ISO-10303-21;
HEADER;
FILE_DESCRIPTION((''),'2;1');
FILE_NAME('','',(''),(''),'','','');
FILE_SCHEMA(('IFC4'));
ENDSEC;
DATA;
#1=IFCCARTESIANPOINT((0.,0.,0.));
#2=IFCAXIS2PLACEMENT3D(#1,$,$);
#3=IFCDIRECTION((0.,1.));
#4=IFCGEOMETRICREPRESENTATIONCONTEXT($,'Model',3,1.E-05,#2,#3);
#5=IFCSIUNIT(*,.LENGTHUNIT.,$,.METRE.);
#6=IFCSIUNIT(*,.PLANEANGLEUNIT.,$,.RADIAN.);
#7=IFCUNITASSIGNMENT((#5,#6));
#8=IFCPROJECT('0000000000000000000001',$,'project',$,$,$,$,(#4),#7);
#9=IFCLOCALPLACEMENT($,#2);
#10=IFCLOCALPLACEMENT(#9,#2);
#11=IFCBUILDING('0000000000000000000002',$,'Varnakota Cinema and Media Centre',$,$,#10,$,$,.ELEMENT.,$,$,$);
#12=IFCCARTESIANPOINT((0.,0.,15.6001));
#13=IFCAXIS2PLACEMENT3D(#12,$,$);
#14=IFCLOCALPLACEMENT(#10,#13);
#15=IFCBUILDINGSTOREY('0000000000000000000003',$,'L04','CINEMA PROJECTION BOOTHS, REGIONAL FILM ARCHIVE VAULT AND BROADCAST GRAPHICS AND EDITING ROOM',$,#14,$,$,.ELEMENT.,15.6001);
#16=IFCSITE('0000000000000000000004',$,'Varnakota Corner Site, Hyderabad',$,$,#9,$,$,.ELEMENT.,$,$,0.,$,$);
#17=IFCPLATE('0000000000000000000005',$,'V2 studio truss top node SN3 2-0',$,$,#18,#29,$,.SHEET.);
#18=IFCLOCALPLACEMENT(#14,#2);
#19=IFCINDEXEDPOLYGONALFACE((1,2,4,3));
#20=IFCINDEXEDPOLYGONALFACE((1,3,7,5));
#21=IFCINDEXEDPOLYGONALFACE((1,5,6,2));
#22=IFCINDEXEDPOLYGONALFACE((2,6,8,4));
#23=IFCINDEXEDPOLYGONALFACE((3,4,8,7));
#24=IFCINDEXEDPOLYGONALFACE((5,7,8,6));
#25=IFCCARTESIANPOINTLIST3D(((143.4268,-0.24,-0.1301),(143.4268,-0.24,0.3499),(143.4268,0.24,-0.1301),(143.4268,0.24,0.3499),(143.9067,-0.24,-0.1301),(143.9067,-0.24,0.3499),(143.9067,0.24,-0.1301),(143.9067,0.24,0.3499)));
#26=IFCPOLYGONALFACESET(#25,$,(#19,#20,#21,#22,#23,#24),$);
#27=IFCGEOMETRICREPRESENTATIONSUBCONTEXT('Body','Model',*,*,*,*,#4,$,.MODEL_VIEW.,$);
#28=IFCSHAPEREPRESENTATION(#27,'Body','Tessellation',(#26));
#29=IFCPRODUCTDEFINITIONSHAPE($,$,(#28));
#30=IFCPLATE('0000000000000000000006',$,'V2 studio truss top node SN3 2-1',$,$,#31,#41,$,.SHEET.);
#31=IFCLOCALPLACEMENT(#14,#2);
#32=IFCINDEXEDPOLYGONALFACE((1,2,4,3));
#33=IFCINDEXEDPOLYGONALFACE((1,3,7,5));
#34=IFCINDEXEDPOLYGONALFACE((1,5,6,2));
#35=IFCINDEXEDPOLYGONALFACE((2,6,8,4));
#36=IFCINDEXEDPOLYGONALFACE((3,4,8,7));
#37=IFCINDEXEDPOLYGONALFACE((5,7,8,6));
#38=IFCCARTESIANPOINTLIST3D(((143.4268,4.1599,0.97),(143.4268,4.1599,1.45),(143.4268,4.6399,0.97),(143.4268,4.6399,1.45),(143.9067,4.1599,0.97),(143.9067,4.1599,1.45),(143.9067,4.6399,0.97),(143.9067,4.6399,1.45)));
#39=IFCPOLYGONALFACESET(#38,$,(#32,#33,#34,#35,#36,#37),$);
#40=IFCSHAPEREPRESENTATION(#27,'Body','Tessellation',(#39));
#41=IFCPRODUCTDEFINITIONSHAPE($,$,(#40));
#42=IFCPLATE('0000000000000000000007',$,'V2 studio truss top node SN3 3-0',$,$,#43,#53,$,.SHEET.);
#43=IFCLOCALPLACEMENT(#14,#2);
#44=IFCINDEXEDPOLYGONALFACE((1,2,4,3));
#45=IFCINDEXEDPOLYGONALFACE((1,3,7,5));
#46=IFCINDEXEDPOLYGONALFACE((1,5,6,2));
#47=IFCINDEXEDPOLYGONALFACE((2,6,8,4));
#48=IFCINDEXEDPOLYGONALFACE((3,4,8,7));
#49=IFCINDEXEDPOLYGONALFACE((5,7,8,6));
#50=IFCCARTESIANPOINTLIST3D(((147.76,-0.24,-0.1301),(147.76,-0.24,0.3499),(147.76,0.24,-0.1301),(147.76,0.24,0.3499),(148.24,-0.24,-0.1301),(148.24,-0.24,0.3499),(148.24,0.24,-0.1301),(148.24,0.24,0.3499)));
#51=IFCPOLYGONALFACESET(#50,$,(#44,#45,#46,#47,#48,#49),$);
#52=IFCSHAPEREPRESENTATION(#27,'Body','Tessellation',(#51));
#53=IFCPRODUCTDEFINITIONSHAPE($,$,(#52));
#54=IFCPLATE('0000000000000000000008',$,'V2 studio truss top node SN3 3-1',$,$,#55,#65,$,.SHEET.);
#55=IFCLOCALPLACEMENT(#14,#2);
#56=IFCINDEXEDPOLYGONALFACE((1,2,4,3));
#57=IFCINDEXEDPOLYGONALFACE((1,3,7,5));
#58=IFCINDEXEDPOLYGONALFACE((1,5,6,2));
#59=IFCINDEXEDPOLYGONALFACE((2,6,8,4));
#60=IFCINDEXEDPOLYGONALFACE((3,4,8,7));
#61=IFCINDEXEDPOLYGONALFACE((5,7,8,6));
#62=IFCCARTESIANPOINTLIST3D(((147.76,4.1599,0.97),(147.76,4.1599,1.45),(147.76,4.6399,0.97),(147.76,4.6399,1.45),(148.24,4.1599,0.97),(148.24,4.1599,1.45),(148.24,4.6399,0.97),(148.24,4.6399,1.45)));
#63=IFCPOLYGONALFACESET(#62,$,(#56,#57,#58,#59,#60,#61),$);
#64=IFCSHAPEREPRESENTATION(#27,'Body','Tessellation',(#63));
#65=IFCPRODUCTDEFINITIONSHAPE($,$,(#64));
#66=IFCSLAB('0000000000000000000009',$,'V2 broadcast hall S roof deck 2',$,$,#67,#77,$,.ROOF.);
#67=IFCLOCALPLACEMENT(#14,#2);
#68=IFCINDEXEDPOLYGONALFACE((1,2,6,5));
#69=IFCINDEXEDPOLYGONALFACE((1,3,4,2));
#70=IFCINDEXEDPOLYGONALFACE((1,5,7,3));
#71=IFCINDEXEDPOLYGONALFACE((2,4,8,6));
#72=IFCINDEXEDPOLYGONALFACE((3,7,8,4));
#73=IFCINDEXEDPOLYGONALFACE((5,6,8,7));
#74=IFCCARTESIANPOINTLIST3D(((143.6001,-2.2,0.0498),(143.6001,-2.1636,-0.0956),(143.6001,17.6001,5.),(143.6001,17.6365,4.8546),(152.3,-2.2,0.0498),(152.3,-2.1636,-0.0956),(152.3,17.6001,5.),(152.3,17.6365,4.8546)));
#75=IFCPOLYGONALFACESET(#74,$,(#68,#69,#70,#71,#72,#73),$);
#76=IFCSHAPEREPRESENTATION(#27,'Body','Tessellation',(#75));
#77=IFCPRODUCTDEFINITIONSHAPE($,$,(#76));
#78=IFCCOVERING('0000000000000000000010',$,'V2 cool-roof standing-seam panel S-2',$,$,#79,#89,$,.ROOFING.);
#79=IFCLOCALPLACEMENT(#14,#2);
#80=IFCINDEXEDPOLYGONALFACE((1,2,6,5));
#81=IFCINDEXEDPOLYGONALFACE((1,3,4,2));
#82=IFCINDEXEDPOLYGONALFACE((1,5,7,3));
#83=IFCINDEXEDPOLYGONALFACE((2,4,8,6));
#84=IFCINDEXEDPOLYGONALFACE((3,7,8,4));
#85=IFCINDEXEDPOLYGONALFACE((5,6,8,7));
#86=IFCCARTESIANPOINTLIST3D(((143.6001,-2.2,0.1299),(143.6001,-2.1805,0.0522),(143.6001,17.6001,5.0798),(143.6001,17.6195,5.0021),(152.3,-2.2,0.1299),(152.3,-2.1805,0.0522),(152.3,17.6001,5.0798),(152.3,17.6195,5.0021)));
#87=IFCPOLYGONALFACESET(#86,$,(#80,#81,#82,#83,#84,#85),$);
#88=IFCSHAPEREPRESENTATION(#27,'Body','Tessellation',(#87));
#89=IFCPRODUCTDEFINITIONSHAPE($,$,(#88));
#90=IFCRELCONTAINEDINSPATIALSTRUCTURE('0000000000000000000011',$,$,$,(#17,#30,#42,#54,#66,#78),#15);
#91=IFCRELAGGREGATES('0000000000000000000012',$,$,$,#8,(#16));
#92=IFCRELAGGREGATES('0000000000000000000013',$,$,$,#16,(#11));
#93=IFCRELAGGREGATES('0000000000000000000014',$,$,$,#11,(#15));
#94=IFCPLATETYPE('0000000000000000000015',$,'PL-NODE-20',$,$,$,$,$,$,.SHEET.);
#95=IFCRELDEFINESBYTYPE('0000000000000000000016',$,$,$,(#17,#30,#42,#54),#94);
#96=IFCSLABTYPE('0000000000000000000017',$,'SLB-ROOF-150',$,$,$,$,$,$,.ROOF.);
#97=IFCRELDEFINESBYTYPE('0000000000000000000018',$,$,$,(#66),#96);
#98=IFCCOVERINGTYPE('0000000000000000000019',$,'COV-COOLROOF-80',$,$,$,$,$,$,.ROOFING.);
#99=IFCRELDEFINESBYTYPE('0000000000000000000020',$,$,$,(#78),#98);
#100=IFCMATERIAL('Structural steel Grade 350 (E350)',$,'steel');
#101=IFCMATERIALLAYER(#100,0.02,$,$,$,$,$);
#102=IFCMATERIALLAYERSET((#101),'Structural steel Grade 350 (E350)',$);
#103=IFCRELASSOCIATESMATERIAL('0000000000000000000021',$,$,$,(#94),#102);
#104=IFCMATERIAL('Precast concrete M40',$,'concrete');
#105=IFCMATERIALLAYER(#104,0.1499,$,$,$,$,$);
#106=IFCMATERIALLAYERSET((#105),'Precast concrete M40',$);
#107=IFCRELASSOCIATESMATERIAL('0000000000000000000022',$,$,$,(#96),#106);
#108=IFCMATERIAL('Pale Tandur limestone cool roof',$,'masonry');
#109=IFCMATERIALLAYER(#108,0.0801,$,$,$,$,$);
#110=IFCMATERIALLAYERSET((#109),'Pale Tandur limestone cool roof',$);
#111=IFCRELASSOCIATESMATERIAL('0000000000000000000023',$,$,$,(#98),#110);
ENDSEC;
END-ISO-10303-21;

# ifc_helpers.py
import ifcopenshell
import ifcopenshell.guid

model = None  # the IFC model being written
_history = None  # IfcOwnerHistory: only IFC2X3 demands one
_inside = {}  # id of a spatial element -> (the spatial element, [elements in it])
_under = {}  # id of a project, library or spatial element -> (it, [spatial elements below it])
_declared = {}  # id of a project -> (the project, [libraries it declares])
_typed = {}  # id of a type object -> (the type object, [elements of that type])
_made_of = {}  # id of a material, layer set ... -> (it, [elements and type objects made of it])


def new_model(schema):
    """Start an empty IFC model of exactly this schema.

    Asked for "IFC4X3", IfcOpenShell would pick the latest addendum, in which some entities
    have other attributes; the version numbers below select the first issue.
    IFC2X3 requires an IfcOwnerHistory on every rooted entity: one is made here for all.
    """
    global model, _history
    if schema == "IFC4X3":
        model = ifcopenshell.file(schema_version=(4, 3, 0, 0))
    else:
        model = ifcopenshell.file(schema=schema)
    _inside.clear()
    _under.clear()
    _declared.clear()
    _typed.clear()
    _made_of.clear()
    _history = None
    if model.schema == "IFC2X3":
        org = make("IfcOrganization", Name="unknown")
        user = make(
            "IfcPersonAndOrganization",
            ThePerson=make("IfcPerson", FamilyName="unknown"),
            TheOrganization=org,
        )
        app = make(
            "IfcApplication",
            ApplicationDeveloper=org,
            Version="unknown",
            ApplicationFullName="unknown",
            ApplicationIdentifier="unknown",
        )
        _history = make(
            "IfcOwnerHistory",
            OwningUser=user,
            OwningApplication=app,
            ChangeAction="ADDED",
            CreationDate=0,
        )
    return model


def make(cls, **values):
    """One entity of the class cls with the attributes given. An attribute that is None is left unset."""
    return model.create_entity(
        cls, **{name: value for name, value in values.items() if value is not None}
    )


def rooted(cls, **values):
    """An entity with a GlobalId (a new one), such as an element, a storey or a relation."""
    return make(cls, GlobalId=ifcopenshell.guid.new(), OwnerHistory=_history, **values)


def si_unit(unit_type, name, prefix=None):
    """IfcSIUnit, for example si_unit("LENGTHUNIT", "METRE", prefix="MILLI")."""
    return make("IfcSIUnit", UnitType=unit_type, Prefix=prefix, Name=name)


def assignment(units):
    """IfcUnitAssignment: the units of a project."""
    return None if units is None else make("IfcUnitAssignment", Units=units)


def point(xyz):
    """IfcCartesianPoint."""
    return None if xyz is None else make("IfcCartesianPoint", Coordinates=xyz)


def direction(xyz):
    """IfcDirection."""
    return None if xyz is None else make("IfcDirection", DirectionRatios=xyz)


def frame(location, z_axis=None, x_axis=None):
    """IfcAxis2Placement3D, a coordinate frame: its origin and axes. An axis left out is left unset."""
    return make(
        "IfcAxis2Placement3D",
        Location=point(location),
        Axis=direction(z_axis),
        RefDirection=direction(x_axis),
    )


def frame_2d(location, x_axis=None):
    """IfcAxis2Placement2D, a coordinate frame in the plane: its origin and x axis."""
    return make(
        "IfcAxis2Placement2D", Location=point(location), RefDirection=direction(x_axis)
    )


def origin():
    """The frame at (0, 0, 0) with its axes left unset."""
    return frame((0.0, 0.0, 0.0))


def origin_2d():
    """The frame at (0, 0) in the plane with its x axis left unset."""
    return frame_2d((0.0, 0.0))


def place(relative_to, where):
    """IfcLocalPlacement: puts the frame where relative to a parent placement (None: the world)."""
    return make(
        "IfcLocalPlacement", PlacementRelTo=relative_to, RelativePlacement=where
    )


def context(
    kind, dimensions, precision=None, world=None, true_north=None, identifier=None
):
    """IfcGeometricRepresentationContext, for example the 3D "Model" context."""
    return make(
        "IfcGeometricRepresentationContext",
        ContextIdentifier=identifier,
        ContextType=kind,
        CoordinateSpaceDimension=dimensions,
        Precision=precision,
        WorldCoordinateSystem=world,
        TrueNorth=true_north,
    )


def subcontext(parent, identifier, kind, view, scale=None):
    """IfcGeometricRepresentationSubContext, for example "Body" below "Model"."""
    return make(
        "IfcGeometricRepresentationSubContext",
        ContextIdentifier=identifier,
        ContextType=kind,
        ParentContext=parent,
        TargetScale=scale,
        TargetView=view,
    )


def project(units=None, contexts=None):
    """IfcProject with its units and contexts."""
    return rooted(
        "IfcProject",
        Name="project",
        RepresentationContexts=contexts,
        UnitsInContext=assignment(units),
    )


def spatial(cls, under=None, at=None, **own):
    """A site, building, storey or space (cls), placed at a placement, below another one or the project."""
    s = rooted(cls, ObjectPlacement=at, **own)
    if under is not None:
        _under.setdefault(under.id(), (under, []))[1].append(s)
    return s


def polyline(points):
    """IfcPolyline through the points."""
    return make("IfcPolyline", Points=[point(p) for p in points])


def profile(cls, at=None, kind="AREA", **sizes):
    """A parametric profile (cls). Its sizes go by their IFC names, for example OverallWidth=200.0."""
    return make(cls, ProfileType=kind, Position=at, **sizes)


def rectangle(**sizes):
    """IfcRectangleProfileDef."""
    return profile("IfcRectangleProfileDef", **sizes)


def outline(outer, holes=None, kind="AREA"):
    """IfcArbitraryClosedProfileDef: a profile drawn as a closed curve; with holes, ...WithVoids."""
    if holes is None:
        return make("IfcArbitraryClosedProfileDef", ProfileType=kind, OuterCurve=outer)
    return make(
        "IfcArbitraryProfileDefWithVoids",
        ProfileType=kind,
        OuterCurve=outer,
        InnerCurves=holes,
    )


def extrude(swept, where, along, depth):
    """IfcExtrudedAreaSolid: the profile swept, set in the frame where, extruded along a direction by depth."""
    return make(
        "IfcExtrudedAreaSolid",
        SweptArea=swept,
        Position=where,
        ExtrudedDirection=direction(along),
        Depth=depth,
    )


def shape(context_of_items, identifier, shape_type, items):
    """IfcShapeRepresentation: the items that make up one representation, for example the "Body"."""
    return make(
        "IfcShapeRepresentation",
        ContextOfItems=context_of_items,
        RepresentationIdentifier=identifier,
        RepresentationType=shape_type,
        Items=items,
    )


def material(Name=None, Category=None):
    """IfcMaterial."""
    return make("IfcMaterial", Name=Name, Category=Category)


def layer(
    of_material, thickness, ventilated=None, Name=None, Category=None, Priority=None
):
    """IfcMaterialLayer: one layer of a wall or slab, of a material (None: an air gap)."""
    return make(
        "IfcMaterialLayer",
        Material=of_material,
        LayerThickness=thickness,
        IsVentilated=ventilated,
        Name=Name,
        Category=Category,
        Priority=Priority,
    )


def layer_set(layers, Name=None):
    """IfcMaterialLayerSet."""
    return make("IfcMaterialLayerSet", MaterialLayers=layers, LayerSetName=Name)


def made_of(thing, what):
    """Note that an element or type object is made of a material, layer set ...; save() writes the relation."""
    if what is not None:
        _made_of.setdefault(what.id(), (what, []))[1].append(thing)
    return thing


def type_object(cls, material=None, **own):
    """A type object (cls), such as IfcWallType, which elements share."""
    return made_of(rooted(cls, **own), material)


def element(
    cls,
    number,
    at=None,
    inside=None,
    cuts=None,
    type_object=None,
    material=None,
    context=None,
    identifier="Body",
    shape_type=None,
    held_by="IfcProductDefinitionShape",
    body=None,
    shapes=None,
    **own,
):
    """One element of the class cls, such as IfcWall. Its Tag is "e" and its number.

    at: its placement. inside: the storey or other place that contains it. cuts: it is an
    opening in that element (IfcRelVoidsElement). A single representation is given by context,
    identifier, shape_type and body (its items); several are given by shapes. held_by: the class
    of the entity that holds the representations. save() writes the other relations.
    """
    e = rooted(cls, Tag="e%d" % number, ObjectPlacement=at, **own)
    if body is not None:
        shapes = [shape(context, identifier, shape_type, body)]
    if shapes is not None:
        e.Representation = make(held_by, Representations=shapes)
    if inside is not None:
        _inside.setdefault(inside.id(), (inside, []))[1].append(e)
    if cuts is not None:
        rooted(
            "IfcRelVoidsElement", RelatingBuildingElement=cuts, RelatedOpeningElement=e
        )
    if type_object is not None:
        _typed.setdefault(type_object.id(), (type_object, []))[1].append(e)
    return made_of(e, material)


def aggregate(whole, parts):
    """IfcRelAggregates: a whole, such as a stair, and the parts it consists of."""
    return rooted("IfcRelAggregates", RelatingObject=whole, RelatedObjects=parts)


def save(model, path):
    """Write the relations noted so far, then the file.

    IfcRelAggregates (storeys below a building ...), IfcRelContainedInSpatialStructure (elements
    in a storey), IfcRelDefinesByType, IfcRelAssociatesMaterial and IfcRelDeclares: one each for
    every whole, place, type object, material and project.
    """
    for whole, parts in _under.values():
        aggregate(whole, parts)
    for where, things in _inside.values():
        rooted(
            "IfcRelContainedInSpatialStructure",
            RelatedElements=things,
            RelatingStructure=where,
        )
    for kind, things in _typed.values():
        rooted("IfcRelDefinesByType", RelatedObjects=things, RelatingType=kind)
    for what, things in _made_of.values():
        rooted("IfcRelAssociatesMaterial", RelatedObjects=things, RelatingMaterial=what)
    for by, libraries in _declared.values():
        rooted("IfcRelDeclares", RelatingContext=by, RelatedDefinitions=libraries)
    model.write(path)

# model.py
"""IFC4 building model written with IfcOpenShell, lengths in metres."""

from ifc_helpers import new_model, si_unit, direction, frame, origin, origin_2d, place, context, subcontext, project, spatial, polyline, rectangle, outline, extrude, material, layer, layer_set, type_object, element, save


model = new_model("IFC4")

# Units and contexts
model_context = context("Model", 3, precision=1e-05, world=origin(), true_north=direction((0.0, 1.0)))
body_context = subcontext(model_context, "Body", "Model", "MODEL_VIEW")
ifc_project = project(units=[si_unit("LENGTHUNIT", "METRE"), si_unit("PLANEANGLEUNIT", "RADIAN")], contexts=[model_context])

# Site, building, storey
site_placement = place(None, origin())
site = spatial("IfcSite", under=ifc_project, at=site_placement, Name="Varnakota Corner Site, Hyderabad", CompositionType="ELEMENT", RefElevation=0.0)
building_placement = place(site_placement, origin())
building = spatial("IfcBuilding", under=site, at=building_placement, Name="Varnakota Cinema and Media Centre", CompositionType="ELEMENT")
storey_placement = place(building_placement, frame((0.0, 0.0, 15.6001)))
storey = spatial("IfcBuildingStorey", under=building, at=storey_placement, Name="L04", Description="CINEMA PROJECTION BOOTHS, REGIONAL FILM ARCHIVE VAULT AND BROADCAST GRAPHICS AND EDITING ROOM", CompositionType="ELEMENT", Elevation=15.6001)

# Plates
ifc_material_1 = material(Name="Structural steel Grade 350 (E350)", Category="steel")
ifc_layer_1 = layer(ifc_material_1, 0.02)
ifc_layer_set_1 = layer_set([ifc_layer_1], Name="Structural steel Grade 350 (E350)")
plate_type_1 = type_object("IfcPlateType", Name="PL-NODE-20", PredefinedType="SHEET", material=ifc_layer_set_1)
for number, where, z_axis, x_axis, name in (
    (1, (143.6667, 0.0, -0.1301), (0.0, 0.0, 1.0), (1.0, 0.0, 0.0), "V2 studio truss top node SN3 2-0"),
    (2, (143.6667, 4.3999, 0.97), (0.0, 0.0, 1.0), (1.0, 0.0, 0.0), "V2 studio truss top node SN3 2-1"),
    (3, (148.0, 0.0, -0.1301), (0.0, 0.0, 1.0), (1.0, 0.0, 0.0), "V2 studio truss top node SN3 3-0"),
    (4, (148.0, 4.3999, 0.97), (0.0, 0.0, 1.0), (1.0, 0.0, 0.0), "V2 studio truss top node SN3 3-1"),
):
    element("IfcPlate", number, at=place(storey_placement, frame(where, z_axis=z_axis, x_axis=x_axis)), inside=storey, type_object=plate_type_1, Name=name, PredefinedType="SHEET", context=body_context, shape_type="SweptSolid", body=[
        extrude(rectangle(XDim=0.48, YDim=0.48, at=origin_2d()), origin(), (0.0, 0.0, 1.0), 0.48),
    ])

# Slab
ifc_material_2 = material(Name="Precast concrete M40", Category="concrete")
ifc_layer_2 = layer(ifc_material_2, 0.1499)
ifc_layer_set_2 = layer_set([ifc_layer_2], Name="Precast concrete M40")
slab_type = type_object("IfcSlabType", Name="SLB-ROOF-150", PredefinedType="ROOF", material=ifc_layer_set_2)
slab_placement = place(storey_placement, frame((143.6001, -2.2, 0.0498), z_axis=(0.0, -0.242544, 0.97014), x_axis=(1.0, 0.0, 0.0)))
element("IfcSlab", 5, at=slab_placement, inside=storey, type_object=slab_type, Name="V2 broadcast hall S roof deck 2", PredefinedType="ROOF", context=body_context, shape_type="SweptSolid", body=[
    extrude(outline(polyline([(0.0, 0.0), (8.7, 0.0), (8.7, 20.4095), (0.0, 20.4095), (0.0, 0.0)])), origin(), (0.0, 0.0, -1.0), 0.1499),
])

# Covering
ifc_material_3 = material(Name="Pale Tandur limestone cool roof", Category="masonry")
ifc_layer_3 = layer(ifc_material_3, 0.0801)
ifc_layer_set_3 = layer_set([ifc_layer_3], Name="Pale Tandur limestone cool roof")
covering_type = type_object("IfcCoveringType", Name="COV-COOLROOF-80", PredefinedType="ROOFING", material=ifc_layer_set_3)
covering_placement = place(storey_placement, frame((143.6001, -2.2, 0.1299), z_axis=(0.0, -0.242533, 0.970143), x_axis=(1.0, 0.0, 0.0)))
element("IfcCovering", 6, at=covering_placement, inside=storey, type_object=covering_type, Name="V2 cool-roof standing-seam panel S-2", PredefinedType="ROOFING", context=body_context, shape_type="SweptSolid", body=[
    extrude(outline(polyline([(0.0, 0.0), (8.7, 0.0), (8.7, 20.4094), (0.0, 20.4094), (0.0, 0.0)])), origin(), (0.0, 0.0, -1.0), 0.0801),
])

save(model, "model.ifc")
